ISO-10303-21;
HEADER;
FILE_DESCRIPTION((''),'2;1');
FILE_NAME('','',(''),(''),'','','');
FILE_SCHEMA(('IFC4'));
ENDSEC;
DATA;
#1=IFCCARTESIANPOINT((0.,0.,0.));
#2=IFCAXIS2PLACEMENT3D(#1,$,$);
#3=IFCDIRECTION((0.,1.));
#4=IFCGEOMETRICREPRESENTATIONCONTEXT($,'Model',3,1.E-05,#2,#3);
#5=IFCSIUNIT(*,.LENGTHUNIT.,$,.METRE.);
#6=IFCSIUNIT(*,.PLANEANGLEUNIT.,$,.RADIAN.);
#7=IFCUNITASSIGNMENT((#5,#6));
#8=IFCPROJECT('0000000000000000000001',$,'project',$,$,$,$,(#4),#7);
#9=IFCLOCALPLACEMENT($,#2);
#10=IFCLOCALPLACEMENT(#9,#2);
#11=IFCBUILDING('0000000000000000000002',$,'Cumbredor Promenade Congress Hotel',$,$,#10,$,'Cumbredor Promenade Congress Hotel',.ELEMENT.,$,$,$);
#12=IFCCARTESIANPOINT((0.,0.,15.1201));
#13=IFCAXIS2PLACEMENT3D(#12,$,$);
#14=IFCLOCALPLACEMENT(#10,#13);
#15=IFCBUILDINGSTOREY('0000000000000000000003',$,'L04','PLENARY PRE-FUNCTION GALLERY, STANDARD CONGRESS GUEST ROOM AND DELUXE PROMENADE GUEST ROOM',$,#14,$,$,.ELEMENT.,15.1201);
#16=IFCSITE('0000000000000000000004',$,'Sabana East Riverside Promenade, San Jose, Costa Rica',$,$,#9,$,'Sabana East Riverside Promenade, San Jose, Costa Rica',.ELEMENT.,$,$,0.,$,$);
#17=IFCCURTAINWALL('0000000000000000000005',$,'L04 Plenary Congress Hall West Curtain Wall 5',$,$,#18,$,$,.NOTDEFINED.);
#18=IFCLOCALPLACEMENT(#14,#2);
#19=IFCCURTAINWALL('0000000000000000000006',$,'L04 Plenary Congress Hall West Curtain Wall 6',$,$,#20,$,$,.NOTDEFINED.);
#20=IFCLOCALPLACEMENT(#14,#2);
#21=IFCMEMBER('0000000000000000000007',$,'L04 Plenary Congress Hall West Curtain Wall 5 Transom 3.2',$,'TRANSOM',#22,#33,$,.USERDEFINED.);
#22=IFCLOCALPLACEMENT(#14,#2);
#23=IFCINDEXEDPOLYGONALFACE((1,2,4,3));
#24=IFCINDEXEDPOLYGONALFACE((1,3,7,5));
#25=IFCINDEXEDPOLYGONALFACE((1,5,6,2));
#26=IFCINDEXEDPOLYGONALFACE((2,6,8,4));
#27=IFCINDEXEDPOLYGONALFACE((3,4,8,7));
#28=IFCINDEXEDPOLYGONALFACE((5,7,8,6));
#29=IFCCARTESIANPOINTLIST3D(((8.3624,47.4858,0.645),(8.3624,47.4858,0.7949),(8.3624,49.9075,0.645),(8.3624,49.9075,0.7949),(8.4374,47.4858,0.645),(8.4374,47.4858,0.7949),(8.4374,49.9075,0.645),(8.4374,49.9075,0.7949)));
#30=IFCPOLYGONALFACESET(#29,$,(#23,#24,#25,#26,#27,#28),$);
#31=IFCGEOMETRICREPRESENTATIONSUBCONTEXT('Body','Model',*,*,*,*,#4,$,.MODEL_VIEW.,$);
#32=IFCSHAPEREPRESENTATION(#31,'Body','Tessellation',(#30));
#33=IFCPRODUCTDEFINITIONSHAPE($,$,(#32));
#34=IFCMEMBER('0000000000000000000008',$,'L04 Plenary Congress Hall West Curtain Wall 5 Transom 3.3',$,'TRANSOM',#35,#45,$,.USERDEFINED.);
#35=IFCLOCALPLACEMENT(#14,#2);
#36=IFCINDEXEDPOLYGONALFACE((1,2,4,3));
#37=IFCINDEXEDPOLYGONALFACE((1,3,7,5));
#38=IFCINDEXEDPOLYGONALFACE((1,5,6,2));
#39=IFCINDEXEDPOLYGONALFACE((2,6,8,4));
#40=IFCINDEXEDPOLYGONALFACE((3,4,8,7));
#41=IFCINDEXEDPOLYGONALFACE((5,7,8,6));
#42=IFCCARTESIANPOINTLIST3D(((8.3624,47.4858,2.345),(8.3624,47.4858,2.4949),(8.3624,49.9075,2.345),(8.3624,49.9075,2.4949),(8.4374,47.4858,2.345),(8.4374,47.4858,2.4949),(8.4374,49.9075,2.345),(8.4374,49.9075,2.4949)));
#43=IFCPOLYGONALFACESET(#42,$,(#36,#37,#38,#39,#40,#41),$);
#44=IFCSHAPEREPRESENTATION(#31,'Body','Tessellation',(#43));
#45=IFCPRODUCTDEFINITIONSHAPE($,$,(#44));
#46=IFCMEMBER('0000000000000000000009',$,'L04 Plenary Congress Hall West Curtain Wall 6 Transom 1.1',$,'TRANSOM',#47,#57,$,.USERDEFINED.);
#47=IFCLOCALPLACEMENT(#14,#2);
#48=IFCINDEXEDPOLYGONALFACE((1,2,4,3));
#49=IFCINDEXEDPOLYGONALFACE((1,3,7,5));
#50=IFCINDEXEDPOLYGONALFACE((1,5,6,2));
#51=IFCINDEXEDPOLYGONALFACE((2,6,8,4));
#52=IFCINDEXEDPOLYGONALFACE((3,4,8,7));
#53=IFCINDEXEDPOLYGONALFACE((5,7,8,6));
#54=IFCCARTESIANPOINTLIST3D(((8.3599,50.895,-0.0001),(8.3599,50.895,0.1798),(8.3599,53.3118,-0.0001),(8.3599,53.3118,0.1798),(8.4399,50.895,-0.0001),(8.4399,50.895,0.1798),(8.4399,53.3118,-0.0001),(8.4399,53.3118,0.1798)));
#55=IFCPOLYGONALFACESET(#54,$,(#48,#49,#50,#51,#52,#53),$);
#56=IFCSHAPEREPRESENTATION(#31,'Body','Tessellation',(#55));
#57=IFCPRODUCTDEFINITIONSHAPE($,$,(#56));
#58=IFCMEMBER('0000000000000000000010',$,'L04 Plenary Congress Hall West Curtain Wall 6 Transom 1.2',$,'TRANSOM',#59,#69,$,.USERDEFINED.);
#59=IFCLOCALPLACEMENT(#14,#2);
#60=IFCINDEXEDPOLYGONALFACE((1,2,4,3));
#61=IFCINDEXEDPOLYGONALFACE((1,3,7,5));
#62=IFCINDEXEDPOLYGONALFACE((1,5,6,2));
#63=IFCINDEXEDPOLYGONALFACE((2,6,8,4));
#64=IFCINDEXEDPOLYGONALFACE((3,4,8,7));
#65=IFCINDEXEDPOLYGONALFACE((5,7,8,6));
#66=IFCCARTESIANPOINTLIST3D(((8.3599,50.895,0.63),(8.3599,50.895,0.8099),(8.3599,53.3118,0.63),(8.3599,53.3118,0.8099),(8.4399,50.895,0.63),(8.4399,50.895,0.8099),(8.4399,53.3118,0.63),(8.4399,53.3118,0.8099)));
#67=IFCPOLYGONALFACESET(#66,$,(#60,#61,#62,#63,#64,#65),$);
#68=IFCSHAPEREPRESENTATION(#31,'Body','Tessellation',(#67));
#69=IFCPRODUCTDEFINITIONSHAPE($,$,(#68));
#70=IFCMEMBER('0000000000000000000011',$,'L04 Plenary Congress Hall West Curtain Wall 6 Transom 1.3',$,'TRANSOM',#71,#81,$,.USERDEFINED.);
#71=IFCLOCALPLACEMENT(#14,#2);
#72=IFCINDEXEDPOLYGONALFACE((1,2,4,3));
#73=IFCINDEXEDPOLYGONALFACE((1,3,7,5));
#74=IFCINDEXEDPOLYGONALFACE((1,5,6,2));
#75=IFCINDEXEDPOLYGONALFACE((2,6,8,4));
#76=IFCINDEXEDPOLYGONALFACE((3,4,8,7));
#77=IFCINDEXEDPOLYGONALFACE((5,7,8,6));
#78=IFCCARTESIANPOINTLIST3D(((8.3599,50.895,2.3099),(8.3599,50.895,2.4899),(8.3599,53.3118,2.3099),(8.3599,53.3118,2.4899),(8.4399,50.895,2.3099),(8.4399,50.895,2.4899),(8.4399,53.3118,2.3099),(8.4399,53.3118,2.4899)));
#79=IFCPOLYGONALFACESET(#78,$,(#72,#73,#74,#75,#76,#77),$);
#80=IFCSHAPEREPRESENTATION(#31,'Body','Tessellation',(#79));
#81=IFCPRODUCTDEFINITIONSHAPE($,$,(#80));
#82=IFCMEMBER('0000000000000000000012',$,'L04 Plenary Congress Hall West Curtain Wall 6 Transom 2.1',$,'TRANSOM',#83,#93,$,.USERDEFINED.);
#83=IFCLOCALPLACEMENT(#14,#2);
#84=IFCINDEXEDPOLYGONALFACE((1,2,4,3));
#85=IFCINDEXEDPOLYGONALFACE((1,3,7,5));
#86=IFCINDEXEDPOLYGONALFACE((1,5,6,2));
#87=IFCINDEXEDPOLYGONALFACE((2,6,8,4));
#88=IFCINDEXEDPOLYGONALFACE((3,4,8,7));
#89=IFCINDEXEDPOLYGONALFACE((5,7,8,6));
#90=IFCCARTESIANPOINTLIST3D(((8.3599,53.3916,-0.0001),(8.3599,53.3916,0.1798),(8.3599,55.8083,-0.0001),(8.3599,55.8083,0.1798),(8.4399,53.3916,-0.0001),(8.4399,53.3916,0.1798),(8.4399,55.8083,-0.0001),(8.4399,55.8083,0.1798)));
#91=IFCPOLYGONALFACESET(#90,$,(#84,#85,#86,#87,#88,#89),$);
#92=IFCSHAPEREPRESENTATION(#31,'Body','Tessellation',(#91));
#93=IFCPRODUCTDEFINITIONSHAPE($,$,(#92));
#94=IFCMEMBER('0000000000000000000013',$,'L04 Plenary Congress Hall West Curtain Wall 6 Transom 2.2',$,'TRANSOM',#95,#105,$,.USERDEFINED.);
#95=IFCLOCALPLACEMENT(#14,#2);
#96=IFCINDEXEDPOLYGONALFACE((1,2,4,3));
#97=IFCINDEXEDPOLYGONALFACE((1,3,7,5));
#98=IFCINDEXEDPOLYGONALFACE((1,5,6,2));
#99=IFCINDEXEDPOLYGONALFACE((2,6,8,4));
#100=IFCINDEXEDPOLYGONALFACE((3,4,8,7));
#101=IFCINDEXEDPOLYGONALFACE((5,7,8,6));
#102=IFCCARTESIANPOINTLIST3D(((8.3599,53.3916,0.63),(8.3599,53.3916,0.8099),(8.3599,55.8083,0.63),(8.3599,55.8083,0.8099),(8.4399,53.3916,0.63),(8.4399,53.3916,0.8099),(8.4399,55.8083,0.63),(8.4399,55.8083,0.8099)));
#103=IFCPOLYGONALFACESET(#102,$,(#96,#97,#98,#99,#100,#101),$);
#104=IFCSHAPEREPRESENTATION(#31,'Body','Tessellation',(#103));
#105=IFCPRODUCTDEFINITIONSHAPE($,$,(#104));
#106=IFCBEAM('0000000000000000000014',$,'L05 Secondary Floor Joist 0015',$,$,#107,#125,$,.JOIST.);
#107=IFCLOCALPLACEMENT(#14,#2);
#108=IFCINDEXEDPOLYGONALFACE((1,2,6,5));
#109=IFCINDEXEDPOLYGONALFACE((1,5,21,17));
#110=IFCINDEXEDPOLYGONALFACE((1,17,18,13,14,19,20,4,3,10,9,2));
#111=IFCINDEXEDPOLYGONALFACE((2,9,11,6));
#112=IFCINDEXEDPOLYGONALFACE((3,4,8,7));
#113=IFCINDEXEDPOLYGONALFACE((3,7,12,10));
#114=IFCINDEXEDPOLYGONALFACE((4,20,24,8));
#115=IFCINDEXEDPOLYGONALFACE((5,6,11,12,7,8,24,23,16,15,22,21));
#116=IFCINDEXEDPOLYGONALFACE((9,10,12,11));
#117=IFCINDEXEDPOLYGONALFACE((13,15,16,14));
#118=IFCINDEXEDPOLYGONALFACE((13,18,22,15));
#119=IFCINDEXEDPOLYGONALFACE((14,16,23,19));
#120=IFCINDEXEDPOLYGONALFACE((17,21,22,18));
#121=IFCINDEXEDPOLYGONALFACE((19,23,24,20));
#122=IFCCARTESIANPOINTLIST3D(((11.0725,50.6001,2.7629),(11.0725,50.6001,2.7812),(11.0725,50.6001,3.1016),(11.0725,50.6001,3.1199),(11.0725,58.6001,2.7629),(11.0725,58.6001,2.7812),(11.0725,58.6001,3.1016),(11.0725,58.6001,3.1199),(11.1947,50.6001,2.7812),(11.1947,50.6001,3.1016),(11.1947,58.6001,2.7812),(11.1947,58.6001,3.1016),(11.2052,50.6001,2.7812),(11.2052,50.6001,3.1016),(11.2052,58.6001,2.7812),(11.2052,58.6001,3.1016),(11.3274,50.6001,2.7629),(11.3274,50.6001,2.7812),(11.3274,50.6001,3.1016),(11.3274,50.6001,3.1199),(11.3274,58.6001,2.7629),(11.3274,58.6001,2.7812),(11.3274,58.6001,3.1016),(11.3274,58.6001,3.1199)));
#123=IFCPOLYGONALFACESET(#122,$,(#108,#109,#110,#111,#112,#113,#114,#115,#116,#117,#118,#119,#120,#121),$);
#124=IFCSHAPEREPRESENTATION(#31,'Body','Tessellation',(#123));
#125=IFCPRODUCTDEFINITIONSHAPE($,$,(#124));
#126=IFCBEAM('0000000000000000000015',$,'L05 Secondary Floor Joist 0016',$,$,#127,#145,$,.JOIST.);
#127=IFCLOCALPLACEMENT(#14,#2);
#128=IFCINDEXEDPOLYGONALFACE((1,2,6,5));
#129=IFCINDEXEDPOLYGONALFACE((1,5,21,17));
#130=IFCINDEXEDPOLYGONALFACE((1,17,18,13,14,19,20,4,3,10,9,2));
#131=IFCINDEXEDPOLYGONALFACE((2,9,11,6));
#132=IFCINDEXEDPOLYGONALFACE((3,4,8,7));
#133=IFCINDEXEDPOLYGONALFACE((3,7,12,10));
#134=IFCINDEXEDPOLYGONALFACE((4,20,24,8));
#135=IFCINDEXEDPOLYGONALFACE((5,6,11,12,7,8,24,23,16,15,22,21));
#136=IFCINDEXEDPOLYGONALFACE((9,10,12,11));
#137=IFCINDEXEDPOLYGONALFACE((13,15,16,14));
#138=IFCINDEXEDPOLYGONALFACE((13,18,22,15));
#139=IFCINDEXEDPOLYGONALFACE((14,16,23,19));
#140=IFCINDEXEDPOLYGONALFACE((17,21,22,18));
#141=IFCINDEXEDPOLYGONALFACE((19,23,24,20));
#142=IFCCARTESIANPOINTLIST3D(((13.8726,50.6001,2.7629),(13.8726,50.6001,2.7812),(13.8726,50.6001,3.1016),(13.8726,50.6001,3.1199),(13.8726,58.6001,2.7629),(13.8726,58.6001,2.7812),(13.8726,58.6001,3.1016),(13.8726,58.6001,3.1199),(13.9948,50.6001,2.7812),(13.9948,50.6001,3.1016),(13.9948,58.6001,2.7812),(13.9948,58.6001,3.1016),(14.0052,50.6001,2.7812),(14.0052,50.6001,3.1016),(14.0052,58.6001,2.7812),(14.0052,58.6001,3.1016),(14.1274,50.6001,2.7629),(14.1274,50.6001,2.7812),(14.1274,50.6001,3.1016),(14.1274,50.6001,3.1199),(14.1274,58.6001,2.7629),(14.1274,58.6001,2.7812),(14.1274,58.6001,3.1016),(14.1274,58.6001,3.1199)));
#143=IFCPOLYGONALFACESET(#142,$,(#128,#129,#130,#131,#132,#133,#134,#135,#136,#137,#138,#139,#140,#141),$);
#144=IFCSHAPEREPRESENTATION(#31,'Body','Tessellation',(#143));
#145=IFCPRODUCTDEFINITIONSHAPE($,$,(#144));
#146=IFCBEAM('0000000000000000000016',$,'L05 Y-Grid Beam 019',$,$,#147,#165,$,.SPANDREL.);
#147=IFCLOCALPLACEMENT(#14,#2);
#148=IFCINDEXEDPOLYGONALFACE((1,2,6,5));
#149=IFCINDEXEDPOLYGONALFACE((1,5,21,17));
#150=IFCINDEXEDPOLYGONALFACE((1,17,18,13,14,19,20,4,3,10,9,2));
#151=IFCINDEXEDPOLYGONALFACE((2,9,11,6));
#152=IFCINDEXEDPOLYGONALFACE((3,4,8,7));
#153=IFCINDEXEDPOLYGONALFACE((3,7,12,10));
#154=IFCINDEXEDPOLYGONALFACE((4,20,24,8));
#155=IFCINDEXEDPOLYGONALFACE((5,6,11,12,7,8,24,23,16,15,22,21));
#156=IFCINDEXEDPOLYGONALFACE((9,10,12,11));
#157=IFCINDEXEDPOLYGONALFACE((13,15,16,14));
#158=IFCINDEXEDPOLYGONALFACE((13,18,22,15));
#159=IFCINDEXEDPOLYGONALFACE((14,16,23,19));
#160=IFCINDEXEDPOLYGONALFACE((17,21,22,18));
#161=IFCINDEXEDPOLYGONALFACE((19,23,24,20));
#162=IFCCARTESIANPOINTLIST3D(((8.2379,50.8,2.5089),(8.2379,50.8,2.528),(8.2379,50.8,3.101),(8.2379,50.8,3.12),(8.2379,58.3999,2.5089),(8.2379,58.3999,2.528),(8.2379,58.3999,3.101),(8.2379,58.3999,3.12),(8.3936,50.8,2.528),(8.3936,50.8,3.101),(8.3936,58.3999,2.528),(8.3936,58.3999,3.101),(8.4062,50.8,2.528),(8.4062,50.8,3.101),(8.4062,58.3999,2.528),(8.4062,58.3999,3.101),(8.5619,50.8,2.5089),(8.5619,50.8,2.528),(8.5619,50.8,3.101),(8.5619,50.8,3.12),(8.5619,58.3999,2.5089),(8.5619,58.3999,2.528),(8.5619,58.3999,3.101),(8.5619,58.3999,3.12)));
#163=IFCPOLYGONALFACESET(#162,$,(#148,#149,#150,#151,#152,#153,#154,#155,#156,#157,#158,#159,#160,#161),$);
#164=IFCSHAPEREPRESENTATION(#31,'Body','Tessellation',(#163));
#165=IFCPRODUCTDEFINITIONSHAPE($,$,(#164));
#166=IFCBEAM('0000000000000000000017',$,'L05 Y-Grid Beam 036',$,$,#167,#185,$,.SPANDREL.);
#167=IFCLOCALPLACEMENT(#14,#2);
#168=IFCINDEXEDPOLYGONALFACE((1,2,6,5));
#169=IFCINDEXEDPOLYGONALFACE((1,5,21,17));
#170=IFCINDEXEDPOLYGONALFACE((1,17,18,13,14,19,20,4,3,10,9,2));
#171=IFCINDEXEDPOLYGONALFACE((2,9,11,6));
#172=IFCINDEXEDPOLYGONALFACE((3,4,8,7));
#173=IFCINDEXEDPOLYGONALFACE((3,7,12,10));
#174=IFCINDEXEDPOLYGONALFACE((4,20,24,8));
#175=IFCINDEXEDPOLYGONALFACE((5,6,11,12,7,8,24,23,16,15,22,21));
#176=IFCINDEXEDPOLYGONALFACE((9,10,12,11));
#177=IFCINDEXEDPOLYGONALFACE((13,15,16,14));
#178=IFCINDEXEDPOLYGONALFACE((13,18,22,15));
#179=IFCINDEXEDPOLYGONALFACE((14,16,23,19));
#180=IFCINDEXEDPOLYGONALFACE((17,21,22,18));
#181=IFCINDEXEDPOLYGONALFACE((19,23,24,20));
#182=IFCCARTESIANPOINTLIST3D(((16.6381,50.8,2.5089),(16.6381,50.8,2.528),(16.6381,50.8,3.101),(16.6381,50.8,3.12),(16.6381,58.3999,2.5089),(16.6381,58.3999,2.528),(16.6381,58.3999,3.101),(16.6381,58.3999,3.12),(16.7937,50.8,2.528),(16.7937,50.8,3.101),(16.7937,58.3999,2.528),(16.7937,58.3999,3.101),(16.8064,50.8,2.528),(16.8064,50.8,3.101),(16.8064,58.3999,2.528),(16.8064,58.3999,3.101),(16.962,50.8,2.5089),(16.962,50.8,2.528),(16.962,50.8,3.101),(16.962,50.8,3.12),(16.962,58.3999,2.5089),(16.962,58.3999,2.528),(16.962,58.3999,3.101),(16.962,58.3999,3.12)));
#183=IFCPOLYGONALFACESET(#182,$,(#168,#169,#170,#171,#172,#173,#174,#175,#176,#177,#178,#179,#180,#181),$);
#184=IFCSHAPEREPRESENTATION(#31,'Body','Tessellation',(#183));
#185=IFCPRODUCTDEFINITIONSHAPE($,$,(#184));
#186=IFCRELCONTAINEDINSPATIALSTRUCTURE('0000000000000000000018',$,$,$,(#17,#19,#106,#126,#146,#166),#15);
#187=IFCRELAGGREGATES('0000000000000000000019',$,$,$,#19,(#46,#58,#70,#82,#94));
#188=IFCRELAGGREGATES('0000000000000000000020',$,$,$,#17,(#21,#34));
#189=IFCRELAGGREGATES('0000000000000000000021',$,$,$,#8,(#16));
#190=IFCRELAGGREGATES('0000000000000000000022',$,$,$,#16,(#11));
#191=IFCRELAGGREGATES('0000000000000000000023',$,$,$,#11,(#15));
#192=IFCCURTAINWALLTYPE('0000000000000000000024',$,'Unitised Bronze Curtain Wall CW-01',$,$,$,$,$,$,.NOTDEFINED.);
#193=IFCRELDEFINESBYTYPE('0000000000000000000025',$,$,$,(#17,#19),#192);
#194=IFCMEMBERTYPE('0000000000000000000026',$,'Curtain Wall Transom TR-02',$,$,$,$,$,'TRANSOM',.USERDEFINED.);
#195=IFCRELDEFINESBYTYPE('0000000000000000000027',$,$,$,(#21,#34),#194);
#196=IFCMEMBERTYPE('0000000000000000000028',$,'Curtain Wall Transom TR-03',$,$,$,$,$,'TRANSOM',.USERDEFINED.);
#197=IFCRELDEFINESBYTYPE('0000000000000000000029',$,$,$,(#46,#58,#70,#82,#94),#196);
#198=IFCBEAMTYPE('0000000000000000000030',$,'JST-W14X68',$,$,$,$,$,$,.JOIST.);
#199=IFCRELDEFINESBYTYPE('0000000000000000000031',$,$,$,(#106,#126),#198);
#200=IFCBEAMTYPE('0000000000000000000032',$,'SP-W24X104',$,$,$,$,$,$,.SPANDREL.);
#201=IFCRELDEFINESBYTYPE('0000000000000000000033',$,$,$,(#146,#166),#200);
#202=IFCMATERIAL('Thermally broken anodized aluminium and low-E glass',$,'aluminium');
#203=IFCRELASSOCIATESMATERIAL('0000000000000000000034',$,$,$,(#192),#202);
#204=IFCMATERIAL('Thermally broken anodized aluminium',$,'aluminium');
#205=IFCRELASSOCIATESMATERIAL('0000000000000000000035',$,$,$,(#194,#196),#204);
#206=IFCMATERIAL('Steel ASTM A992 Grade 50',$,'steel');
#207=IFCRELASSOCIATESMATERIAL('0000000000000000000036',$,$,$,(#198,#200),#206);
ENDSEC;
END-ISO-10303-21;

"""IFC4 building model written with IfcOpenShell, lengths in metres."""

from ifc_helpers import new_model, si_unit, direction, frame, origin, origin_2d, place, context, subcontext, project, spatial, rectangle, i_section, extrude, material, material_profile, profile_set, type_object, element, aggregate, save


model = new_model("IFC4")

# Units and contexts
model_context = context("Model", 3, precision=1e-05, world=origin(), true_north=direction((0.0, 1.0)))
body_context = subcontext(model_context, "Body", "Model", "MODEL_VIEW")
ifc_project = project(units=[si_unit("LENGTHUNIT", "METRE"), si_unit("PLANEANGLEUNIT", "RADIAN")], contexts=[model_context])

# Site, building, storey
site_placement = place(None, origin())
site = spatial("IfcSite", under=ifc_project, at=site_placement, Name="Sabana East Riverside Promenade, San Jose, Costa Rica", LongName="Sabana East Riverside Promenade, San Jose, Costa Rica", CompositionType="ELEMENT", RefElevation=0.0)
building_placement = place(site_placement, origin())
building = spatial("IfcBuilding", under=site, at=building_placement, Name="Cumbredor Promenade Congress Hotel", LongName="Cumbredor Promenade Congress Hotel", CompositionType="ELEMENT")
storey_placement = place(building_placement, frame((0.0, 0.0, 15.1201)))
storey = spatial("IfcBuildingStorey", under=building, at=storey_placement, Name="L04", Description="PLENARY PRE-FUNCTION GALLERY, STANDARD CONGRESS GUEST ROOM AND DELUXE PROMENADE GUEST ROOM", CompositionType="ELEMENT", Elevation=15.1201)

# Curtain walls
ifc_material_1 = material(Name="Thermally broken anodized aluminium and low-E glass", Category="aluminium")
curtain_wall_type = type_object("IfcCurtainWallType", Name="Unitised Bronze Curtain Wall CW-01", PredefinedType="NOTDEFINED", material=ifc_material_1)
curtain_wall_1_placement = place(storey_placement, origin())
curtain_wall_1 = element("IfcCurtainWall", 1, at=curtain_wall_1_placement, inside=storey, type_object=curtain_wall_type, Name="L04 Plenary Congress Hall West Curtain Wall 5", PredefinedType="NOTDEFINED")
ifc_material_2 = material(Name="Thermally broken anodized aluminium", Category="aluminium")
curtain_wall_2_placement = place(storey_placement, origin())
curtain_wall_2 = element("IfcCurtainWall", 2, at=curtain_wall_2_placement, inside=storey, type_object=curtain_wall_type, Name="L04 Plenary Congress Hall West Curtain Wall 6", PredefinedType="NOTDEFINED")

# Members
ifc_material_profile_1 = material_profile(ifc_material_2, rectangle(XDim=0.075, YDim=0.1499, at=origin_2d()), Name="ALU TRANSOM 75x150")
ifc_profile_set_1 = profile_set([ifc_material_profile_1], Name="Thermally broken anodized aluminium")
member_type_1 = type_object("IfcMemberType", Name="Curtain Wall Transom TR-02", ElementType="TRANSOM", PredefinedType="USERDEFINED", material=ifc_profile_set_1)
member_1_placement = place(storey_placement, frame((8.3999, 47.4858, 0.72), z_axis=(0.0, 1.0, 0.0), x_axis=(-1.0, 0.0, 0.0)))
member_1 = element("IfcMember", 3, at=member_1_placement, type_object=member_type_1, Name="L04 Plenary Congress Hall West Curtain Wall 5 Transom 3.2", ObjectType="TRANSOM", PredefinedType="USERDEFINED", context=body_context, shape_type="SweptSolid", body=[
    extrude(rectangle(XDim=0.075, YDim=0.1499, at=origin_2d()), origin(), (0.0, 0.0, 1.0), 2.4216),
])
member_2_placement = place(storey_placement, frame((8.3999, 47.4858, 2.4199), z_axis=(0.0, 1.0, 0.0), x_axis=(-1.0, 0.0, 0.0)))
member_2 = element("IfcMember", 4, at=member_2_placement, type_object=member_type_1, Name="L04 Plenary Congress Hall West Curtain Wall 5 Transom 3.3", ObjectType="TRANSOM", PredefinedType="USERDEFINED", context=body_context, shape_type="SweptSolid", body=[
    extrude(rectangle(XDim=0.075, YDim=0.1499, at=origin_2d()), origin(), (0.0, 0.0, 1.0), 2.4216),
])
ifc_material_profile_2 = material_profile(ifc_material_2, rectangle(XDim=0.0801, YDim=0.1799, at=origin_2d()), Name="ALU TRANSOM 80x180")
ifc_profile_set_2 = profile_set([ifc_material_profile_2], Name="Thermally broken anodized aluminium")
member_type_2 = type_object("IfcMemberType", Name="Curtain Wall Transom TR-03", ElementType="TRANSOM", PredefinedType="USERDEFINED", material=ifc_profile_set_2)
member_3_placement = place(storey_placement, frame((8.3999, 50.895, 0.0898), z_axis=(0.0, 1.0, 0.0), x_axis=(-1.0, 0.0, 0.0)))
member_3 = element("IfcMember", 5, at=member_3_placement, type_object=member_type_2, Name="L04 Plenary Congress Hall West Curtain Wall 6 Transom 1.1", ObjectType="TRANSOM", PredefinedType="USERDEFINED", context=body_context, shape_type="SweptSolid", body=[
    extrude(rectangle(XDim=0.0801, YDim=0.1799, at=origin_2d()), origin(), (0.0, 0.0, 1.0), 2.4167),
])
member_4_placement = place(storey_placement, frame((8.3999, 50.895, 0.72), z_axis=(0.0, 1.0, 0.0), x_axis=(-1.0, 0.0, 0.0)))
member_4 = element("IfcMember", 6, at=member_4_placement, type_object=member_type_2, Name="L04 Plenary Congress Hall West Curtain Wall 6 Transom 1.2", ObjectType="TRANSOM", PredefinedType="USERDEFINED", context=body_context, shape_type="SweptSolid", body=[
    extrude(rectangle(XDim=0.0801, YDim=0.1799, at=origin_2d()), origin(), (0.0, 0.0, 1.0), 2.4167),
])
member_5_placement = place(storey_placement, frame((8.3999, 50.895, 2.3999), z_axis=(0.0, 1.0, 0.0), x_axis=(-1.0, 0.0, 0.0)))
member_5 = element("IfcMember", 7, at=member_5_placement, type_object=member_type_2, Name="L04 Plenary Congress Hall West Curtain Wall 6 Transom 1.3", ObjectType="TRANSOM", PredefinedType="USERDEFINED", context=body_context, shape_type="SweptSolid", body=[
    extrude(rectangle(XDim=0.0801, YDim=0.1799, at=origin_2d()), origin(), (0.0, 0.0, 1.0), 2.4167),
])
member_6_placement = place(storey_placement, frame((8.3999, 53.3916, 0.0898), z_axis=(0.0, 1.0, 0.0), x_axis=(-1.0, 0.0, 0.0)))
member_6 = element("IfcMember", 8, at=member_6_placement, type_object=member_type_2, Name="L04 Plenary Congress Hall West Curtain Wall 6 Transom 2.1", ObjectType="TRANSOM", PredefinedType="USERDEFINED", context=body_context, shape_type="SweptSolid", body=[
    extrude(rectangle(XDim=0.0801, YDim=0.1799, at=origin_2d()), origin(), (0.0, 0.0, 1.0), 2.4167),
])
member_7_placement = place(storey_placement, frame((8.3999, 53.3916, 0.72), z_axis=(0.0, 1.0, 0.0), x_axis=(-1.0, 0.0, 0.0)))
member_7 = element("IfcMember", 9, at=member_7_placement, type_object=member_type_2, Name="L04 Plenary Congress Hall West Curtain Wall 6 Transom 2.2", ObjectType="TRANSOM", PredefinedType="USERDEFINED", context=body_context, shape_type="SweptSolid", body=[
    extrude(rectangle(XDim=0.0801, YDim=0.1799, at=origin_2d()), origin(), (0.0, 0.0, 1.0), 2.4167),
])

# Beams
ifc_material_3 = material(Name="Steel ASTM A992 Grade 50", Category="steel")
ifc_material_profile_3 = material_profile(ifc_material_3, i_section(OverallWidth=0.2549, OverallDepth=0.3569, WebThickness=0.0105, FlangeThickness=0.0183, at=origin_2d()), Name="W14X68")
ifc_profile_set_3 = profile_set([ifc_material_profile_3], Name="Steel ASTM A992 Grade 50")
beam_type_1 = type_object("IfcBeamType", Name="JST-W14X68", PredefinedType="JOIST", material=ifc_profile_set_3)
for number, where, z_axis, x_axis, name in (
    (10, (11.2, 50.6001, 2.9414), (0.0, 1.0, 0.0), (-1.0, 0.0, 0.0), "L05 Secondary Floor Joist 0015"),
    (11, (14.0, 50.6001, 2.9414), (0.0, 1.0, 0.0), (-1.0, 0.0, 0.0), "L05 Secondary Floor Joist 0016"),
):
    element("IfcBeam", number, at=place(storey_placement, frame(where, z_axis=z_axis, x_axis=x_axis)), inside=storey, type_object=beam_type_1, Name=name, PredefinedType="JOIST", context=body_context, shape_type="SweptSolid", body=[
        extrude(i_section(OverallWidth=0.2549, OverallDepth=0.3569, WebThickness=0.0105, FlangeThickness=0.0183, at=origin_2d()), origin(), (0.0, 0.0, 1.0), 8.0),
    ])
ifc_material_profile_4 = material_profile(ifc_material_3, i_section(OverallWidth=0.324, OverallDepth=0.6111, WebThickness=0.0127, FlangeThickness=0.019, at=origin_2d()), Name="W24X104")
ifc_profile_set_4 = profile_set([ifc_material_profile_4], Name="Steel ASTM A992 Grade 50")
beam_type_2 = type_object("IfcBeamType", Name="SP-W24X104", PredefinedType="SPANDREL", material=ifc_profile_set_4)
for number, where, z_axis, x_axis, name in (
    (12, (8.3999, 50.8, 2.8145), (0.0, 1.0, 0.0), (-1.0, 0.0, 0.0), "L05 Y-Grid Beam 019"),
    (13, (16.8, 50.8, 2.8145), (0.0, 1.0, 0.0), (-1.0, 0.0, 0.0), "L05 Y-Grid Beam 036"),
):
    element("IfcBeam", number, at=place(storey_placement, frame(where, z_axis=z_axis, x_axis=x_axis)), inside=storey, type_object=beam_type_2, Name=name, PredefinedType="SPANDREL", context=body_context, shape_type="SweptSolid", body=[
        extrude(i_section(OverallWidth=0.324, OverallDepth=0.6111, WebThickness=0.0127, FlangeThickness=0.019, at=origin_2d()), origin(), (0.0, 0.0, 1.0), 7.5999),
    ])

aggregate(curtain_wall_2, [member_3, member_4, member_5, member_6, member_7])
aggregate(curtain_wall_1, [member_1, member_2])

save(model, "model.ifc")
